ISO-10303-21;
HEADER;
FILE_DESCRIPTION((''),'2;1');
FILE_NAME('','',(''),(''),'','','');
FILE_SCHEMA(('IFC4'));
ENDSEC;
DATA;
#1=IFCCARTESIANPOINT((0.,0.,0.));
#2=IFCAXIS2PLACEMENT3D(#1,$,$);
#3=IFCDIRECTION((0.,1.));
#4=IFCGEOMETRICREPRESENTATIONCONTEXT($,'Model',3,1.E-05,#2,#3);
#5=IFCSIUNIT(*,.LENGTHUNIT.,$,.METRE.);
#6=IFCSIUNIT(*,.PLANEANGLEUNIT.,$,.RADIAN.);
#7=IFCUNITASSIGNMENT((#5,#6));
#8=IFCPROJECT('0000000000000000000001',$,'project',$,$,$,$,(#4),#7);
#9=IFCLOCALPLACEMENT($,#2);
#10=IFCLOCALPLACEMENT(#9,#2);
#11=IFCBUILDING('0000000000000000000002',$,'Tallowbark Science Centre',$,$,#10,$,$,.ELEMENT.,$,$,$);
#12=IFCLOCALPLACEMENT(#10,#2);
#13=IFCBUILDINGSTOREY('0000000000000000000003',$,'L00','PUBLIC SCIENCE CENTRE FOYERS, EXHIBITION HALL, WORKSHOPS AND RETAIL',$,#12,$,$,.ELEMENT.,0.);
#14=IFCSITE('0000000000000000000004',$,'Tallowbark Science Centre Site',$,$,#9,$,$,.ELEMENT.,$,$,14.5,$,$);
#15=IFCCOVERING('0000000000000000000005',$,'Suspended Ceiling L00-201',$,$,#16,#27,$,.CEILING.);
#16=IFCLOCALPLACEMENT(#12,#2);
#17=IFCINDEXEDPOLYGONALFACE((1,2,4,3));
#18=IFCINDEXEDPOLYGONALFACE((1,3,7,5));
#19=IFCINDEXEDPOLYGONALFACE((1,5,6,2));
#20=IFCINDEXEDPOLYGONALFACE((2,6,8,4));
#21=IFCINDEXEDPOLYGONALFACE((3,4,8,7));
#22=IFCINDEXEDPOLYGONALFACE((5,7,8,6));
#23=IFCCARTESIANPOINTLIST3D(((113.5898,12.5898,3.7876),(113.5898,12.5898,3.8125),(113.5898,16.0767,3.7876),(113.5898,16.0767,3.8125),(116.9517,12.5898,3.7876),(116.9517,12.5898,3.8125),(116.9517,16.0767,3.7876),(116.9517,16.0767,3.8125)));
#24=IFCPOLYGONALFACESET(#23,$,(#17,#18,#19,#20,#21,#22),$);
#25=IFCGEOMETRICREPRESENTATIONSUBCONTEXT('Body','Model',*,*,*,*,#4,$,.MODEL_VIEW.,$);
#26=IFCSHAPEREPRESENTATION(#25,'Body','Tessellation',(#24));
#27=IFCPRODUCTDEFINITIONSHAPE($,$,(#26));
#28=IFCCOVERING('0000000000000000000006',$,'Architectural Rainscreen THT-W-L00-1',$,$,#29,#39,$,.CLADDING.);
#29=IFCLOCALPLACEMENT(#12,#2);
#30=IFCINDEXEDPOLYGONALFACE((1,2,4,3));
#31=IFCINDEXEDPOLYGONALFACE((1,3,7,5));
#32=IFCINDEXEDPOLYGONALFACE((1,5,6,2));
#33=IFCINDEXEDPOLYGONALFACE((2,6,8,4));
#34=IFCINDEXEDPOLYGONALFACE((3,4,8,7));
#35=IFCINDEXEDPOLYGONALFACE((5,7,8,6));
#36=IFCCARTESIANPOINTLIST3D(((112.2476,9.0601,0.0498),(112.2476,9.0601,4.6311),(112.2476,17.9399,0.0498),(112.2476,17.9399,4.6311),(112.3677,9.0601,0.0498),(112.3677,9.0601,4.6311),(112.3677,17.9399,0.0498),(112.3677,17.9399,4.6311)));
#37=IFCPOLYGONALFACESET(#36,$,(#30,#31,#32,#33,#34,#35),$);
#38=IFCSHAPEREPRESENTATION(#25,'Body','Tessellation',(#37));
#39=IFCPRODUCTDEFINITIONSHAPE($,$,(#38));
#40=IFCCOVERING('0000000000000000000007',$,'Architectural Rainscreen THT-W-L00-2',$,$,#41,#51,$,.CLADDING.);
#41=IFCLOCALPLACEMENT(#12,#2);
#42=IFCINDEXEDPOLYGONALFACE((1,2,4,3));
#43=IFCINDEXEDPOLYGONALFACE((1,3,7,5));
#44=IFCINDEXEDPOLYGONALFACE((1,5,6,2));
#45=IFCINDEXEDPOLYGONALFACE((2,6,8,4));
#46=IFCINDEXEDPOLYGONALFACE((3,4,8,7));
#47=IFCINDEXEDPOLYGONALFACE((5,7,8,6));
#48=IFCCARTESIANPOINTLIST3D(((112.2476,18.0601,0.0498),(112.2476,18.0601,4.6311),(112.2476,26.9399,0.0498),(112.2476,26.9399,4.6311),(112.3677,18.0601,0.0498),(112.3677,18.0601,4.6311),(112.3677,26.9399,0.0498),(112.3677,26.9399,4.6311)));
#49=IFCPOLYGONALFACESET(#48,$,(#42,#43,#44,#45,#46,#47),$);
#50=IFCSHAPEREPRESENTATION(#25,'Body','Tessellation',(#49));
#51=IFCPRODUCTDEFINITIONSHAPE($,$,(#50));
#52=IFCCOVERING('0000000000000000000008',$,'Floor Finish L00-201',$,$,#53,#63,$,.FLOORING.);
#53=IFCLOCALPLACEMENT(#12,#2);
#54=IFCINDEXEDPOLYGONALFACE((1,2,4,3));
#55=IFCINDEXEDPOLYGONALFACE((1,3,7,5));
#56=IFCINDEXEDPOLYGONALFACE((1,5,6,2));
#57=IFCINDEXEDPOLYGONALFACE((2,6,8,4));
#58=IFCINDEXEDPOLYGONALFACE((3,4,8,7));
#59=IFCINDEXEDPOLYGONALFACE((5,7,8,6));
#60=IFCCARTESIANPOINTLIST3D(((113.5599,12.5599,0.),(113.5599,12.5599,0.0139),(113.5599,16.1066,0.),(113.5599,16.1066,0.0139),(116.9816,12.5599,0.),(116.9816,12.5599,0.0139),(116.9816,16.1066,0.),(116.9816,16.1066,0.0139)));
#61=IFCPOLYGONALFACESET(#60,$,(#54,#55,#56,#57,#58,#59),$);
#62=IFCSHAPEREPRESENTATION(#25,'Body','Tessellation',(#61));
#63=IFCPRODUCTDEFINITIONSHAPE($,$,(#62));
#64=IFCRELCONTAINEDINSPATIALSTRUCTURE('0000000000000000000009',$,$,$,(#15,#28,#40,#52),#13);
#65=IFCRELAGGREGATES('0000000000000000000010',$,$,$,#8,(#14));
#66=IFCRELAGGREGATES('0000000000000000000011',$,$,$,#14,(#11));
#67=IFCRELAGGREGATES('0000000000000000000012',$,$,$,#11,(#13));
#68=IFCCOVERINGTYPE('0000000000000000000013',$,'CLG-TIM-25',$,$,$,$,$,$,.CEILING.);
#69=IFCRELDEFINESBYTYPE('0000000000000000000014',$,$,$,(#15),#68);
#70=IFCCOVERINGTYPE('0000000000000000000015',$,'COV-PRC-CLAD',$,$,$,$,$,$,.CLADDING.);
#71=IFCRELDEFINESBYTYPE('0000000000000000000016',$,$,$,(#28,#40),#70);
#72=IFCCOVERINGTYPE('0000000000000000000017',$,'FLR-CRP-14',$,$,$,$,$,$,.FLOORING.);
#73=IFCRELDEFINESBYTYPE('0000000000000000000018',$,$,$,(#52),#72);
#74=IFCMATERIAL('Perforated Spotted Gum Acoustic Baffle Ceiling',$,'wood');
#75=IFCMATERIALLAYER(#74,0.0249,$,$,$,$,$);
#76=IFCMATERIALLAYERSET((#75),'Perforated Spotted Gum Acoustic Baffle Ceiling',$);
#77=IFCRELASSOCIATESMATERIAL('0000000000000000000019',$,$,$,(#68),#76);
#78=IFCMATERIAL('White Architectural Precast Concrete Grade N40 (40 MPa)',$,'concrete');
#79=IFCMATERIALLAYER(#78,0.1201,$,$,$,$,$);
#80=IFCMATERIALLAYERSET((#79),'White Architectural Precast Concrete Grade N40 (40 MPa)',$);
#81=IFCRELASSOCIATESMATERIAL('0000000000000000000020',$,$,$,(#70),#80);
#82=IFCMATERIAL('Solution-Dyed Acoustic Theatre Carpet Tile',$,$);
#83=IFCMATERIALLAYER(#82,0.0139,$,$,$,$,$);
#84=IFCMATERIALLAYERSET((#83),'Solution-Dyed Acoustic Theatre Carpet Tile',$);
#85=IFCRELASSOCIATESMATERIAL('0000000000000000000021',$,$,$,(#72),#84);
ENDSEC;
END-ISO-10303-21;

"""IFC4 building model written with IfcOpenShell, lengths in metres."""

from ifc_helpers import new_model, si_unit, direction, frame, origin, origin_2d, place, context, subcontext, project, spatial, rectangle, extrude, material, layer, layer_set, type_object, element, save


model = new_model("IFC4")

# Units and contexts
model_context = context("Model", 3, precision=1e-05, world=origin(), true_north=direction((0.0, 1.0)))
body_context = subcontext(model_context, "Body", "Model", "MODEL_VIEW")
ifc_project = project(units=[si_unit("LENGTHUNIT", "METRE"), si_unit("PLANEANGLEUNIT", "RADIAN")], contexts=[model_context])

# Site, building, storey
site_placement = place(None, origin())
site = spatial("IfcSite", under=ifc_project, at=site_placement, Name="Tallowbark Science Centre Site", CompositionType="ELEMENT", RefElevation=14.5)
building_placement = place(site_placement, origin())
building = spatial("IfcBuilding", under=site, at=building_placement, Name="Tallowbark Science Centre", CompositionType="ELEMENT")
storey_placement = place(building_placement, origin())
storey = spatial("IfcBuildingStorey", under=building, at=storey_placement, Name="L00", Description="PUBLIC SCIENCE CENTRE FOYERS, EXHIBITION HALL, WORKSHOPS AND RETAIL", CompositionType="ELEMENT", Elevation=0.0)

# Coverings
ifc_material_1 = material(Name="Perforated Spotted Gum Acoustic Baffle Ceiling", Category="wood")
ifc_layer_1 = layer(ifc_material_1, 0.0249)
ifc_layer_set_1 = layer_set([ifc_layer_1], Name="Perforated Spotted Gum Acoustic Baffle Ceiling")
covering_type_1 = type_object("IfcCoveringType", Name="CLG-TIM-25", PredefinedType="CEILING", material=ifc_layer_set_1)
covering_1_placement = place(storey_placement, frame((115.2708, 14.3333, 3.7876), z_axis=(0.0, 0.0, 1.0), x_axis=(1.0, 0.0, 0.0)))
element("IfcCovering", 1, at=covering_1_placement, inside=storey, type_object=covering_type_1, Name="Suspended Ceiling L00-201", PredefinedType="CEILING", context=body_context, shape_type="SweptSolid", body=[
    extrude(rectangle(XDim=3.3618, YDim=3.4868, at=origin_2d()), origin(), (0.0, 0.0, 1.0), 0.0249),
])
ifc_material_2 = material(Name="White Architectural Precast Concrete Grade N40 (40 MPa)", Category="concrete")
ifc_layer_2 = layer(ifc_material_2, 0.1201)
ifc_layer_set_2 = layer_set([ifc_layer_2], Name="White Architectural Precast Concrete Grade N40 (40 MPa)")
covering_type_2 = type_object("IfcCoveringType", Name="COV-PRC-CLAD", PredefinedType="CLADDING", material=ifc_layer_set_2)
for number, where, z_axis, x_axis, name in (
    (2, (112.3076, 13.5, 0.0498), (0.0, 0.0, 1.0), (0.0, -1.0, 0.0), "Architectural Rainscreen THT-W-L00-1"),
    (3, (112.3076, 22.5, 0.0498), (0.0, 0.0, 1.0), (0.0, -1.0, 0.0), "Architectural Rainscreen THT-W-L00-2"),
):
    element("IfcCovering", number, at=place(storey_placement, frame(where, z_axis=z_axis, x_axis=x_axis)), inside=storey, type_object=covering_type_2, Name=name, PredefinedType="CLADDING", context=body_context, shape_type="SweptSolid", body=[
        extrude(rectangle(XDim=8.8799, YDim=0.1201, at=origin_2d()), origin(), (0.0, 0.0, 1.0), 4.5813),
    ])
ifc_material_3 = material(Name="Solution-Dyed Acoustic Theatre Carpet Tile")
ifc_layer_3 = layer(ifc_material_3, 0.0139)
ifc_layer_set_3 = layer_set([ifc_layer_3], Name="Solution-Dyed Acoustic Theatre Carpet Tile")
covering_type_3 = type_object("IfcCoveringType", Name="FLR-CRP-14", PredefinedType="FLOORING", material=ifc_layer_set_3)
covering_2_placement = place(storey_placement, frame((115.2708, 14.3333, 0.0), z_axis=(0.0, 0.0, 1.0), x_axis=(1.0, 0.0, 0.0)))
element("IfcCovering", 4, at=covering_2_placement, inside=storey, type_object=covering_type_3, Name="Floor Finish L00-201", PredefinedType="FLOORING", context=body_context, shape_type="SweptSolid", body=[
    extrude(rectangle(XDim=3.4216, YDim=3.5466, at=origin_2d()), origin(), (0.0, 0.0, 1.0), 0.0139),
])

save(model, "model.ifc")
